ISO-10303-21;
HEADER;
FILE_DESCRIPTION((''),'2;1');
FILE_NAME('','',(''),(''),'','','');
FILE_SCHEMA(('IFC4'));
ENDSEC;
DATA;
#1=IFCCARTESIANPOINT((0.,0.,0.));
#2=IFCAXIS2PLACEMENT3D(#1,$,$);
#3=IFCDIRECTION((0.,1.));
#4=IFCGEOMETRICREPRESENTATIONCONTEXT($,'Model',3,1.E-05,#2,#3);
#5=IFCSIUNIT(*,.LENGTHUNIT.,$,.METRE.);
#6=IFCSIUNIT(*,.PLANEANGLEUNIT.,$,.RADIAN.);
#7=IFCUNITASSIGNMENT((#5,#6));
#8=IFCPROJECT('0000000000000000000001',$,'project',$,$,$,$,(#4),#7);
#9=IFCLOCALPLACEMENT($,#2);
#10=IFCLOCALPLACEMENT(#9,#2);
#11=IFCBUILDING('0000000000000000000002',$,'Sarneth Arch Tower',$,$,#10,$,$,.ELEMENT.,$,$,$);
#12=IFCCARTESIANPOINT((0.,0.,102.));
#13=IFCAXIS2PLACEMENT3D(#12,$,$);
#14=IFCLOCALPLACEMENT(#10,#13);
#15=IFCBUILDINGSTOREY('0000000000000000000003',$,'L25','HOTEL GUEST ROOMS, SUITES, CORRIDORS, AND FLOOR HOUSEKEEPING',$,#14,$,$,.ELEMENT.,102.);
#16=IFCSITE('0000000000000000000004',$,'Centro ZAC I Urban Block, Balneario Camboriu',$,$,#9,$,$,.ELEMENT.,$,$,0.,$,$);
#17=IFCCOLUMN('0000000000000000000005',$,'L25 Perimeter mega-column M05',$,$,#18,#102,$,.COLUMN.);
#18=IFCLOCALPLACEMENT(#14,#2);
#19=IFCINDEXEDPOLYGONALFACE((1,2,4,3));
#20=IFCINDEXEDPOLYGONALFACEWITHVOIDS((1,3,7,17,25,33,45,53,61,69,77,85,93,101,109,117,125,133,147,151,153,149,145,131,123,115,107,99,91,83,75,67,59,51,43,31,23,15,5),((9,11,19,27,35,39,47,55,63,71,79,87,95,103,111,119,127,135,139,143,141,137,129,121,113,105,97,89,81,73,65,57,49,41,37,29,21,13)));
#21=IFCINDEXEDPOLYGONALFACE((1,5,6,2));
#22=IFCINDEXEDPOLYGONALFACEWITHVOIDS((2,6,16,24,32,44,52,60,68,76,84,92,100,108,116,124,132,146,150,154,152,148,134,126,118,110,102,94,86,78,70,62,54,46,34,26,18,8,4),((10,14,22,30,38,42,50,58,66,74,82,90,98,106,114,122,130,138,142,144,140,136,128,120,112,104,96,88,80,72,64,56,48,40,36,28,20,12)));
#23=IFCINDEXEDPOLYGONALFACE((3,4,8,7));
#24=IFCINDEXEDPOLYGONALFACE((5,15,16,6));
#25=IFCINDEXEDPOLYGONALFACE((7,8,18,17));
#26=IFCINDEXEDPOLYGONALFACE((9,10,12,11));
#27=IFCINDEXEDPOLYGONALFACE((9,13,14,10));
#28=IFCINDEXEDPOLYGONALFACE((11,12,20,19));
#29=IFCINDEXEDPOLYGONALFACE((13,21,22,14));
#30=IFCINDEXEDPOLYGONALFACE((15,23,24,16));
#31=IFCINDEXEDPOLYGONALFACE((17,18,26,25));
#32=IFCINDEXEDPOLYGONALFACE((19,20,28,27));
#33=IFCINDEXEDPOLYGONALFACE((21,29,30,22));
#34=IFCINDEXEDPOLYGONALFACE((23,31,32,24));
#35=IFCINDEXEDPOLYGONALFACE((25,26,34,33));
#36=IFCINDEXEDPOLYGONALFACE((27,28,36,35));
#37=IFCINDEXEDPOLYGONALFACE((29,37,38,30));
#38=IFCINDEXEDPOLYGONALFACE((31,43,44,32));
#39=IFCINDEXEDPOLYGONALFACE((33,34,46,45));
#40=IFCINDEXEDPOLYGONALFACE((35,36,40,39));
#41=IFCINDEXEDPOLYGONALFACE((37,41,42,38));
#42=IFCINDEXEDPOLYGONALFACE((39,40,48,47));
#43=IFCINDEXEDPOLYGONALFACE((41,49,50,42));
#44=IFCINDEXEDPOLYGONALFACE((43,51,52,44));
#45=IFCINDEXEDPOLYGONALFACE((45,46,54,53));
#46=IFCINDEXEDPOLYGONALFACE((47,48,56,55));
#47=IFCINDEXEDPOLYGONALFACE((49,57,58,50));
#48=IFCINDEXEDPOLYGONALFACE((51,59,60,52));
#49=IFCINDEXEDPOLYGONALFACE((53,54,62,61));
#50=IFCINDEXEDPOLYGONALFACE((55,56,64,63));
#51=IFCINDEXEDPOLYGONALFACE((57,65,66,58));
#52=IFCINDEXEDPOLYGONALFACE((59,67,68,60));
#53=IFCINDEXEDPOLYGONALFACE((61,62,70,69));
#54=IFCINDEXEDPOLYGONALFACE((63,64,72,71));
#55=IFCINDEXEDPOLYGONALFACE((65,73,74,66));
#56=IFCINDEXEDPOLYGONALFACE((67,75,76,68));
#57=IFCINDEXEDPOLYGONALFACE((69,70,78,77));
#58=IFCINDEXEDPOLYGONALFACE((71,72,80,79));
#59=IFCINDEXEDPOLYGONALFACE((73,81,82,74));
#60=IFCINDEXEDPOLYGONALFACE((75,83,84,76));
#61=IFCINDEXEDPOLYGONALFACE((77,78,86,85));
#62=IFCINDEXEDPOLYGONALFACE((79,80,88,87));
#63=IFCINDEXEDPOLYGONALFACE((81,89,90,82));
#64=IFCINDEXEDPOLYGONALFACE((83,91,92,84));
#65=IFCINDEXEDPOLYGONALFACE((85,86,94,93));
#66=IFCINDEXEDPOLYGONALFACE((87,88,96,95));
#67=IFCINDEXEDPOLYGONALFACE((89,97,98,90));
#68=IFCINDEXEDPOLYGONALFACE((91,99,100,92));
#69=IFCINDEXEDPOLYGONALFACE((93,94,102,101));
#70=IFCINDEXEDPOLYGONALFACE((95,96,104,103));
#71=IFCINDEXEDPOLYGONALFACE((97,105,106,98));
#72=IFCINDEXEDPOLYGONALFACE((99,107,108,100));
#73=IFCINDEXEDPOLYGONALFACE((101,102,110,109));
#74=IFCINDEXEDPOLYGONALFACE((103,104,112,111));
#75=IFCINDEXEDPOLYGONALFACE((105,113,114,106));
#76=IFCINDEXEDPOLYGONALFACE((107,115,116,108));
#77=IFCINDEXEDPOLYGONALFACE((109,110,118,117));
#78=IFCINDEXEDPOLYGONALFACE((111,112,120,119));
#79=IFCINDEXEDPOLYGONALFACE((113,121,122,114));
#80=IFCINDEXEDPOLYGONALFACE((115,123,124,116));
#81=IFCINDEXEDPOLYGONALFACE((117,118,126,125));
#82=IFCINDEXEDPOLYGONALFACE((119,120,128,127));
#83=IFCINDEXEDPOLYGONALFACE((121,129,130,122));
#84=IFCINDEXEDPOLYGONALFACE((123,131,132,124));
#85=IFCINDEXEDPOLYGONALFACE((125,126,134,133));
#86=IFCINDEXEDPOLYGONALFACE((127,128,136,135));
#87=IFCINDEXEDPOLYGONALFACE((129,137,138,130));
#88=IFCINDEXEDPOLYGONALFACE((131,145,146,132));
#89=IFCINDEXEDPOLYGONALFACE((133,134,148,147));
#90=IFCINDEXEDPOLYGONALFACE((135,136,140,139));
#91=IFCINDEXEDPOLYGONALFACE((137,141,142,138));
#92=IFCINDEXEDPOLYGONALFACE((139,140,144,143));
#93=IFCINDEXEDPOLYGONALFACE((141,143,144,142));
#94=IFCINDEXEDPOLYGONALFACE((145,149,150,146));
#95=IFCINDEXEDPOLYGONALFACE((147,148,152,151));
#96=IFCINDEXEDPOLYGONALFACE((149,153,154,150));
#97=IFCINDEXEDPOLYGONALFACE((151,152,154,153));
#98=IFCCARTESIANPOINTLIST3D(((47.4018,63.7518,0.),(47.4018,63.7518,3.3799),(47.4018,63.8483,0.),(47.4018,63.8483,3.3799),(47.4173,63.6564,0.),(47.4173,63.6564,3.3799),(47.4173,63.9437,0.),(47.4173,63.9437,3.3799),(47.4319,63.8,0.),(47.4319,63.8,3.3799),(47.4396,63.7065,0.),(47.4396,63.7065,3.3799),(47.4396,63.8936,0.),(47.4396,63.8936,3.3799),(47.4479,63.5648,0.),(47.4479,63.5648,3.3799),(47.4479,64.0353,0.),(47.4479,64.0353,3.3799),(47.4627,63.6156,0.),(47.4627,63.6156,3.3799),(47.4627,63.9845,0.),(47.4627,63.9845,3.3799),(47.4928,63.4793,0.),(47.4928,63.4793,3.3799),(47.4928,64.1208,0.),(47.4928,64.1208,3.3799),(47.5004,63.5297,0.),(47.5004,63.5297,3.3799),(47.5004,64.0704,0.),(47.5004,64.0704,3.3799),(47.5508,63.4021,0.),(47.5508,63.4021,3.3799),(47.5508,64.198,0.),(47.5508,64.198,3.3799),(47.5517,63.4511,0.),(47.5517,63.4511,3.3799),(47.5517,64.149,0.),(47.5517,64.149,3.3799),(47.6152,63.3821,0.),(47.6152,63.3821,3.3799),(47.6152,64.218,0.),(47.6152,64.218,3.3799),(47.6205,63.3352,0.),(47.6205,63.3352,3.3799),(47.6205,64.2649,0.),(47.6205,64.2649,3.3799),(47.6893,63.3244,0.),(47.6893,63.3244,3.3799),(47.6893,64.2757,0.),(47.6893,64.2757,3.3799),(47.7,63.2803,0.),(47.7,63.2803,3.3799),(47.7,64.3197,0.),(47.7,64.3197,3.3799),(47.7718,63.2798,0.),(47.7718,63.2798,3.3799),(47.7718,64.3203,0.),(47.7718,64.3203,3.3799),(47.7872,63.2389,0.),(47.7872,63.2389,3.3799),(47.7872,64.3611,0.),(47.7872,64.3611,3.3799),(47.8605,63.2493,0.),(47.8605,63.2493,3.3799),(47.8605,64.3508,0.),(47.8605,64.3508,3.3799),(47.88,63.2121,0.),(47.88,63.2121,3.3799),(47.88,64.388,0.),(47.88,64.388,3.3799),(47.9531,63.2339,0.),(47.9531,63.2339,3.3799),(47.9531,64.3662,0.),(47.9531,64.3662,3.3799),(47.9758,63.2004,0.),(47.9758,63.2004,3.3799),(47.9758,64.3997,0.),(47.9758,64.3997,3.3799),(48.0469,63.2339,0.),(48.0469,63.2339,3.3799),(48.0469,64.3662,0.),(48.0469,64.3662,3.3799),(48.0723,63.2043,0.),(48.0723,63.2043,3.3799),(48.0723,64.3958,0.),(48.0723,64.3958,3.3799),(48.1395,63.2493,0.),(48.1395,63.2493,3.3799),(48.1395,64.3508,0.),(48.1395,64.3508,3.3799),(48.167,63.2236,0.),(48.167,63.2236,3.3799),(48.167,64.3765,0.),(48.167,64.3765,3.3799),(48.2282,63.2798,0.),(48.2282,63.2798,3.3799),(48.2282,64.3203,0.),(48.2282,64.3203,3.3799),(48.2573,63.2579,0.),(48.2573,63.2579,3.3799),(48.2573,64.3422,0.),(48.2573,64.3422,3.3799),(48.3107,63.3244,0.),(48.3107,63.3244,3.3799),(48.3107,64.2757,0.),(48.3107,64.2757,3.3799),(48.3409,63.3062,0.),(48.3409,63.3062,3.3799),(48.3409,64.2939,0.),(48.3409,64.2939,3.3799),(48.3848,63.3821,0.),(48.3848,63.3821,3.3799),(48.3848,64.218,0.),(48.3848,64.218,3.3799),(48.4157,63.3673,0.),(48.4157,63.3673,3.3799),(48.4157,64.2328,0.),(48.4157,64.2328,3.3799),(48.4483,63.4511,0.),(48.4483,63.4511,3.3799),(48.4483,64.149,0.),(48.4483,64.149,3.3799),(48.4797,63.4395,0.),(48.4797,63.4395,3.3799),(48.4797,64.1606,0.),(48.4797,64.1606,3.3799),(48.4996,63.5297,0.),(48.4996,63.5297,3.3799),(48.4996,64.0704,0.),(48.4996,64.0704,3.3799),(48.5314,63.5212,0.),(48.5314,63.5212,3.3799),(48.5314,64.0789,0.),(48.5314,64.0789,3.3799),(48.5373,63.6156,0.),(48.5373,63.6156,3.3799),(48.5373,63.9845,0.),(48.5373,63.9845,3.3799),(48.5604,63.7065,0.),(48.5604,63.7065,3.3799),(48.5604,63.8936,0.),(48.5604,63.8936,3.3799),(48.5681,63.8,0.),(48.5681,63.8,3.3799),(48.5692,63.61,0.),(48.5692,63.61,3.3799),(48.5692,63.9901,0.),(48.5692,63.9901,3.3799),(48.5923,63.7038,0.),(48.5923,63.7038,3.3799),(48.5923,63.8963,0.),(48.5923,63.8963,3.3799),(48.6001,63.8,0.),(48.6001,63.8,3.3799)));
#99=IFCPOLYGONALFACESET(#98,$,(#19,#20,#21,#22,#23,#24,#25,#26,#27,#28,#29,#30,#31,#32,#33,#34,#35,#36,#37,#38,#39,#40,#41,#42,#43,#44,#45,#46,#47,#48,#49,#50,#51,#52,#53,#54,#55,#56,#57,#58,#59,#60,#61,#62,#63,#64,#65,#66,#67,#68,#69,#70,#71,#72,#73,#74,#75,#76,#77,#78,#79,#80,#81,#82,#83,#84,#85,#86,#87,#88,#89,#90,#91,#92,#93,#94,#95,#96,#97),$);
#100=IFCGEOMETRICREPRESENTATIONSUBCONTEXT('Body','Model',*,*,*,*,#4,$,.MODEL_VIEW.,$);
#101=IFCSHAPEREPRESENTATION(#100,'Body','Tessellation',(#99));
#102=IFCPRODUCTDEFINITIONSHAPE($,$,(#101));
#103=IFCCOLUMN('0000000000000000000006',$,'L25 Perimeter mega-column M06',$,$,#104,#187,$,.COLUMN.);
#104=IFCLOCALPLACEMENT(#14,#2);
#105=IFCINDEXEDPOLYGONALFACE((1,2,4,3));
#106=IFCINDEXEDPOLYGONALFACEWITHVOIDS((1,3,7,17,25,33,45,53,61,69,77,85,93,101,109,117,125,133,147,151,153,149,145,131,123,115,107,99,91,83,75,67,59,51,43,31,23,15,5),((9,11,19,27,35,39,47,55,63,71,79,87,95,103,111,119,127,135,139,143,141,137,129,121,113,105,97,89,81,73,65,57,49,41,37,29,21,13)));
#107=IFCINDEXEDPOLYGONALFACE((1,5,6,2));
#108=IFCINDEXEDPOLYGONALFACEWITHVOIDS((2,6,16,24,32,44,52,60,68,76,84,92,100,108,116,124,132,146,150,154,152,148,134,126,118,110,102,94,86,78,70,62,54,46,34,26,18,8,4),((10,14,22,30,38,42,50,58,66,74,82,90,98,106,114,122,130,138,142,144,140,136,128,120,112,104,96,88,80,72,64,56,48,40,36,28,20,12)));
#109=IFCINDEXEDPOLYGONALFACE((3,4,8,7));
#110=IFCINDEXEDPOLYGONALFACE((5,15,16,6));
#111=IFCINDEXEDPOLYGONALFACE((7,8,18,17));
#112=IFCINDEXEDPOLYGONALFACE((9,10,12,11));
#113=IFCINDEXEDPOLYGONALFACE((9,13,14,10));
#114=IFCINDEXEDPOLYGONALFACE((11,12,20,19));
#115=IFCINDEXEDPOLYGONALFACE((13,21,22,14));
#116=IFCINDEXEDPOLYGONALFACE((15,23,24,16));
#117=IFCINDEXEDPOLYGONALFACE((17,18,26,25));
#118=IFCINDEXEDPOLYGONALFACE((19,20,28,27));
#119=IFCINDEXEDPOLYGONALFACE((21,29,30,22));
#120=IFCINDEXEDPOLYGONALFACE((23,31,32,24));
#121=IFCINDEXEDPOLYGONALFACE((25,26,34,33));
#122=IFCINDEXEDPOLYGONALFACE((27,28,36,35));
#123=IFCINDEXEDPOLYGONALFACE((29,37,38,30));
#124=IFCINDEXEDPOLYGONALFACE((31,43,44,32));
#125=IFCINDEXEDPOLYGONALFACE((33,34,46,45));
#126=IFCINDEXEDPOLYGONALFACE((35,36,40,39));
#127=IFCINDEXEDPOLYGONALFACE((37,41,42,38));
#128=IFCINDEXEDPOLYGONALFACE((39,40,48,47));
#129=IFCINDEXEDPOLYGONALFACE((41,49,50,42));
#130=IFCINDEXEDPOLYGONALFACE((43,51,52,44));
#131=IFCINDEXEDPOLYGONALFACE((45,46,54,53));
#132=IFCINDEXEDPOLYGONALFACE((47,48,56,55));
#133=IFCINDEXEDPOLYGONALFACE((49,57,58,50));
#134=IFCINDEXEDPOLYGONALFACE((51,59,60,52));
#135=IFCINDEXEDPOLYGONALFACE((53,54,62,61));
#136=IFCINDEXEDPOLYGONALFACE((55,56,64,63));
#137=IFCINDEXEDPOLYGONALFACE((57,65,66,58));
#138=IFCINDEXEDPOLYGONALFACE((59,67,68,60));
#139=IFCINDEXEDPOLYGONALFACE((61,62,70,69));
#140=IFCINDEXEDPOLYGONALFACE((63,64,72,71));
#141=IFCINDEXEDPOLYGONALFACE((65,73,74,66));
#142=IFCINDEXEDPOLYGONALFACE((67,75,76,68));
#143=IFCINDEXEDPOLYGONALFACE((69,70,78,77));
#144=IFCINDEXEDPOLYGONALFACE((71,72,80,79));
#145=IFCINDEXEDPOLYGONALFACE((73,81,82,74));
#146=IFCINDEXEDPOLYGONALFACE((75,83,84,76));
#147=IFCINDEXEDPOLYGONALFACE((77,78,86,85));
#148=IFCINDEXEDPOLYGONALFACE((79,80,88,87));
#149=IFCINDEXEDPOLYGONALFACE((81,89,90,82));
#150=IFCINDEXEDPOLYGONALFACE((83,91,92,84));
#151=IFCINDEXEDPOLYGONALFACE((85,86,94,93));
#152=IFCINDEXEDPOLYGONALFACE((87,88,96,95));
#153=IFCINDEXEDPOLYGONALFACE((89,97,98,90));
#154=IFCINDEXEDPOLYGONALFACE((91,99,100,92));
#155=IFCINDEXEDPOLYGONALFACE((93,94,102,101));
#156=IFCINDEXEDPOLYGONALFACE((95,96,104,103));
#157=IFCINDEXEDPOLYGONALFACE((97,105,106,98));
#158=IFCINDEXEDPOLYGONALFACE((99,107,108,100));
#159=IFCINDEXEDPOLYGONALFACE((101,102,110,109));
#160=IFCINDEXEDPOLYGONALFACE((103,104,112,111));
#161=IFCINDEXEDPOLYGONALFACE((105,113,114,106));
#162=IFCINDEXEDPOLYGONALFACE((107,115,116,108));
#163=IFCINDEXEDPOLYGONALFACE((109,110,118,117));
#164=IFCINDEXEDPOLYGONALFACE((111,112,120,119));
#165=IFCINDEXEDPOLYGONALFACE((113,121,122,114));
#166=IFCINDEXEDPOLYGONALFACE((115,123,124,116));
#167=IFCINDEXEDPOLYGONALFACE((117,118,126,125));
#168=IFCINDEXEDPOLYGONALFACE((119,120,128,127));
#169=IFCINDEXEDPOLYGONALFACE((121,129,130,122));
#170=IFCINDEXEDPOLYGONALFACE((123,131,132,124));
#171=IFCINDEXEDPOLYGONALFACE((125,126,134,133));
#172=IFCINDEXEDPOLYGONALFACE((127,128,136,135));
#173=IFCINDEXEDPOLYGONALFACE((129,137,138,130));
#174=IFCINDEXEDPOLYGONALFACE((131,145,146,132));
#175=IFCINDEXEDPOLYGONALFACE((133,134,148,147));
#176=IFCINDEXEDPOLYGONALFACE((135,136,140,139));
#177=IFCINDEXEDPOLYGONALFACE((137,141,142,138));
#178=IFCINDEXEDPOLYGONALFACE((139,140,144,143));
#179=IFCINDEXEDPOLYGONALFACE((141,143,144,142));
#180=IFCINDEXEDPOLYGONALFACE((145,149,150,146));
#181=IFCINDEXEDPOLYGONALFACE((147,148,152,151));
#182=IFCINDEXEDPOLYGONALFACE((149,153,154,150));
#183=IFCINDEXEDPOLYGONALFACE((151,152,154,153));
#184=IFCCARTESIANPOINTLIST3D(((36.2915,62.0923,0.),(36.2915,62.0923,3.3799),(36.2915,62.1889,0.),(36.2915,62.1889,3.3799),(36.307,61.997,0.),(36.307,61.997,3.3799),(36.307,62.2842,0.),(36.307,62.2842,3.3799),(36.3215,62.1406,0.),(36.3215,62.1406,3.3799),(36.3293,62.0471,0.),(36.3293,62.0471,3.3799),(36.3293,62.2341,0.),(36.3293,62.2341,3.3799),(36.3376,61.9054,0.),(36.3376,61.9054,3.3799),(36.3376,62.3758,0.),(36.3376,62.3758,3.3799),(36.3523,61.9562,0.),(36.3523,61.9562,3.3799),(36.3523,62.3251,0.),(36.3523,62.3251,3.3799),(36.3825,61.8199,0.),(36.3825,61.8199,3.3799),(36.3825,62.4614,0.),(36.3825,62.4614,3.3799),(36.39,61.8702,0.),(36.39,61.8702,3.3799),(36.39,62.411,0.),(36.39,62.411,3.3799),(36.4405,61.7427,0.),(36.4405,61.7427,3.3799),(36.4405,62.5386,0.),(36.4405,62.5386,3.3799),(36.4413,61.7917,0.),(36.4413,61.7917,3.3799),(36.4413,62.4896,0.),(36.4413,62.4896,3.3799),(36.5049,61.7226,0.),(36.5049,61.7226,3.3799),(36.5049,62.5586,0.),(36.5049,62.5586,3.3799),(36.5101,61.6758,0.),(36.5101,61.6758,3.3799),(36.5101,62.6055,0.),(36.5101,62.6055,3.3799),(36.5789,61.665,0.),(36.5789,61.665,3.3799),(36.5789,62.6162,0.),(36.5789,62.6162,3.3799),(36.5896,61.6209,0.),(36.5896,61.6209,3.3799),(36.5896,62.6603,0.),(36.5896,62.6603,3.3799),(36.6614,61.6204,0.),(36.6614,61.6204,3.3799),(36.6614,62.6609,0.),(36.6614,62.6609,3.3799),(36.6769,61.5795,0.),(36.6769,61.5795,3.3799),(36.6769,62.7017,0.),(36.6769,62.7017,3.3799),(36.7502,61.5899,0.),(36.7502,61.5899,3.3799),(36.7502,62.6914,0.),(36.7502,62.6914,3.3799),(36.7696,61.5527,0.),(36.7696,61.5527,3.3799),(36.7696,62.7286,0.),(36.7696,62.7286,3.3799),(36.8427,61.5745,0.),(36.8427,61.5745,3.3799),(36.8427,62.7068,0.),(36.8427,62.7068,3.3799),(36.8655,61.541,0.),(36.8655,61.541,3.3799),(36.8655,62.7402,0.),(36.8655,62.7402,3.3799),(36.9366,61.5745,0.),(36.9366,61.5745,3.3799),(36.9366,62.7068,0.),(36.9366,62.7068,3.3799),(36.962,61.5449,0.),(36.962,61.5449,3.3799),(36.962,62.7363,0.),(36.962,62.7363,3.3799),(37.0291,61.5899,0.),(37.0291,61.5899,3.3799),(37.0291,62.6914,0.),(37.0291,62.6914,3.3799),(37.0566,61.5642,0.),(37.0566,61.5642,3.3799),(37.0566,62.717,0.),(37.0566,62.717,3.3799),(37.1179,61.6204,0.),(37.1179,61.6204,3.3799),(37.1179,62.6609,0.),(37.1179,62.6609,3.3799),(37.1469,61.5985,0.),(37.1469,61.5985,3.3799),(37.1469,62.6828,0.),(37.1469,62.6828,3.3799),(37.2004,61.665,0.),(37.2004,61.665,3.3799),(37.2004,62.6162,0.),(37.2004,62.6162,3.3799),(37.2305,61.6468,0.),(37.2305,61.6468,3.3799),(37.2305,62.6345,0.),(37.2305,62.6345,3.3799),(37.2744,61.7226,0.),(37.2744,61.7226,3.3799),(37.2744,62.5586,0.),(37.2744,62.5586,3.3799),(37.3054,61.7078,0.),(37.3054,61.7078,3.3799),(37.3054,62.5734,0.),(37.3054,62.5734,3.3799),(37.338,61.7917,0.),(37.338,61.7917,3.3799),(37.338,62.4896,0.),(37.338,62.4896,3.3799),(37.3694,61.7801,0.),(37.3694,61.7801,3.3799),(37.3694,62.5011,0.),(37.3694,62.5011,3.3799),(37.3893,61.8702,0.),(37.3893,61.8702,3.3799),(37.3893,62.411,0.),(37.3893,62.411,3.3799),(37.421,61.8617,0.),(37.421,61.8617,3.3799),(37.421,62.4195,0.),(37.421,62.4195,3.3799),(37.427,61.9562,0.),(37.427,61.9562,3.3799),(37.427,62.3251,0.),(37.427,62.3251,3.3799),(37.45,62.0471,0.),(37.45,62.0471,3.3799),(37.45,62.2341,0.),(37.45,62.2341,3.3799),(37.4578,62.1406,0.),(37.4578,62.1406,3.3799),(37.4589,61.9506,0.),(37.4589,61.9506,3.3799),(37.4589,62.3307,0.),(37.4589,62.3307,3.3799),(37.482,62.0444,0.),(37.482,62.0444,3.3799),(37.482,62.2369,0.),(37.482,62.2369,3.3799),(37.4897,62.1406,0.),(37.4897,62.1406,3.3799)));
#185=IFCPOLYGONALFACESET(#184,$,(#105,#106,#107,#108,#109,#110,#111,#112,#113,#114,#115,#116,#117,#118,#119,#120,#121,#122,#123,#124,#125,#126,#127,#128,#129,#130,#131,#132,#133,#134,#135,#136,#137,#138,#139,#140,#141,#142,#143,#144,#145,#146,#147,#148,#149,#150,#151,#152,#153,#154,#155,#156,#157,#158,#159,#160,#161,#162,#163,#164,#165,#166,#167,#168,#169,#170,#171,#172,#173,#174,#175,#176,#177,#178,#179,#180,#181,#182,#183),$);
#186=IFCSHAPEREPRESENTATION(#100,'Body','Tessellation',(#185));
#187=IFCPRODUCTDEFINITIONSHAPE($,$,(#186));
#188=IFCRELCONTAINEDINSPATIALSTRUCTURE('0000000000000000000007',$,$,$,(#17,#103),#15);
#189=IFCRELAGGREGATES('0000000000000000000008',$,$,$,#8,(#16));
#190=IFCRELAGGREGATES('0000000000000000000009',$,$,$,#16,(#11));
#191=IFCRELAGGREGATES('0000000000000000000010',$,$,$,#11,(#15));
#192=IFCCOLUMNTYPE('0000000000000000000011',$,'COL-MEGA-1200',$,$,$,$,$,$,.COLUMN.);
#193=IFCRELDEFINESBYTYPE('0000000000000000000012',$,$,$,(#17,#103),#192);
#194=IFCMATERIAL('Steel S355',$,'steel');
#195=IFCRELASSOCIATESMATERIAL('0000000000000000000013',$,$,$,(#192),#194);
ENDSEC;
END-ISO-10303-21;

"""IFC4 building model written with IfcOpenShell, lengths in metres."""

from ifc_helpers import new_model, si_unit, direction, frame, origin, origin_2d, place, context, subcontext, project, spatial, hollow_circle, extrude, material, material_profile, profile_set, type_object, element, save


model = new_model("IFC4")

# Units and contexts
model_context = context("Model", 3, precision=1e-05, world=origin(), true_north=direction((0.0, 1.0)))
body_context = subcontext(model_context, "Body", "Model", "MODEL_VIEW")
ifc_project = project(units=[si_unit("LENGTHUNIT", "METRE"), si_unit("PLANEANGLEUNIT", "RADIAN")], contexts=[model_context])

# Site, building, storey
site_placement = place(None, origin())
site = spatial("IfcSite", under=ifc_project, at=site_placement, Name="Centro ZAC I Urban Block, Balneario Camboriu", CompositionType="ELEMENT", RefElevation=0.0)
building_placement = place(site_placement, origin())
building = spatial("IfcBuilding", under=site, at=building_placement, Name="Sarneth Arch Tower", CompositionType="ELEMENT")
storey_placement = place(building_placement, frame((0.0, 0.0, 102.0)))
storey = spatial("IfcBuildingStorey", under=building, at=storey_placement, Name="L25", Description="HOTEL GUEST ROOMS, SUITES, CORRIDORS, AND FLOOR HOUSEKEEPING", CompositionType="ELEMENT", Elevation=102.0)

# Columns
ifc_material_1 = material(Name="Steel S355", Category="steel")
ifc_material_profile_1 = material_profile(ifc_material_1, hollow_circle(Radius=0.6001, WallThickness=0.032, at=origin_2d()), Name="CHS1200x32")
ifc_profile_set_1 = profile_set([ifc_material_profile_1], Name="Steel S355")
column_type = type_object("IfcColumnType", Name="COL-MEGA-1200", PredefinedType="COLUMN", material=ifc_profile_set_1)
for number, where, z_axis, x_axis, name in (
    (1, (48.0, 63.8, 0.0), (0.0, 0.0, 1.0), (1.0, 0.0, 0.0), "L25 Perimeter mega-column M05"),
    (2, (36.8896, 62.1406, 0.0), (0.0, 0.0, 1.0), (1.0, 0.0, 0.0), "L25 Perimeter mega-column M06"),
):
    element("IfcColumn", number, at=place(storey_placement, frame(where, z_axis=z_axis, x_axis=x_axis)), inside=storey, type_object=column_type, Name=name, PredefinedType="COLUMN", context=body_context, shape_type="SweptSolid", body=[
        extrude(hollow_circle(Radius=0.6001, WallThickness=0.032, at=origin_2d()), origin(), (0.0, 0.0, 1.0), 3.3799),
    ])

save(model, "model.ifc")
